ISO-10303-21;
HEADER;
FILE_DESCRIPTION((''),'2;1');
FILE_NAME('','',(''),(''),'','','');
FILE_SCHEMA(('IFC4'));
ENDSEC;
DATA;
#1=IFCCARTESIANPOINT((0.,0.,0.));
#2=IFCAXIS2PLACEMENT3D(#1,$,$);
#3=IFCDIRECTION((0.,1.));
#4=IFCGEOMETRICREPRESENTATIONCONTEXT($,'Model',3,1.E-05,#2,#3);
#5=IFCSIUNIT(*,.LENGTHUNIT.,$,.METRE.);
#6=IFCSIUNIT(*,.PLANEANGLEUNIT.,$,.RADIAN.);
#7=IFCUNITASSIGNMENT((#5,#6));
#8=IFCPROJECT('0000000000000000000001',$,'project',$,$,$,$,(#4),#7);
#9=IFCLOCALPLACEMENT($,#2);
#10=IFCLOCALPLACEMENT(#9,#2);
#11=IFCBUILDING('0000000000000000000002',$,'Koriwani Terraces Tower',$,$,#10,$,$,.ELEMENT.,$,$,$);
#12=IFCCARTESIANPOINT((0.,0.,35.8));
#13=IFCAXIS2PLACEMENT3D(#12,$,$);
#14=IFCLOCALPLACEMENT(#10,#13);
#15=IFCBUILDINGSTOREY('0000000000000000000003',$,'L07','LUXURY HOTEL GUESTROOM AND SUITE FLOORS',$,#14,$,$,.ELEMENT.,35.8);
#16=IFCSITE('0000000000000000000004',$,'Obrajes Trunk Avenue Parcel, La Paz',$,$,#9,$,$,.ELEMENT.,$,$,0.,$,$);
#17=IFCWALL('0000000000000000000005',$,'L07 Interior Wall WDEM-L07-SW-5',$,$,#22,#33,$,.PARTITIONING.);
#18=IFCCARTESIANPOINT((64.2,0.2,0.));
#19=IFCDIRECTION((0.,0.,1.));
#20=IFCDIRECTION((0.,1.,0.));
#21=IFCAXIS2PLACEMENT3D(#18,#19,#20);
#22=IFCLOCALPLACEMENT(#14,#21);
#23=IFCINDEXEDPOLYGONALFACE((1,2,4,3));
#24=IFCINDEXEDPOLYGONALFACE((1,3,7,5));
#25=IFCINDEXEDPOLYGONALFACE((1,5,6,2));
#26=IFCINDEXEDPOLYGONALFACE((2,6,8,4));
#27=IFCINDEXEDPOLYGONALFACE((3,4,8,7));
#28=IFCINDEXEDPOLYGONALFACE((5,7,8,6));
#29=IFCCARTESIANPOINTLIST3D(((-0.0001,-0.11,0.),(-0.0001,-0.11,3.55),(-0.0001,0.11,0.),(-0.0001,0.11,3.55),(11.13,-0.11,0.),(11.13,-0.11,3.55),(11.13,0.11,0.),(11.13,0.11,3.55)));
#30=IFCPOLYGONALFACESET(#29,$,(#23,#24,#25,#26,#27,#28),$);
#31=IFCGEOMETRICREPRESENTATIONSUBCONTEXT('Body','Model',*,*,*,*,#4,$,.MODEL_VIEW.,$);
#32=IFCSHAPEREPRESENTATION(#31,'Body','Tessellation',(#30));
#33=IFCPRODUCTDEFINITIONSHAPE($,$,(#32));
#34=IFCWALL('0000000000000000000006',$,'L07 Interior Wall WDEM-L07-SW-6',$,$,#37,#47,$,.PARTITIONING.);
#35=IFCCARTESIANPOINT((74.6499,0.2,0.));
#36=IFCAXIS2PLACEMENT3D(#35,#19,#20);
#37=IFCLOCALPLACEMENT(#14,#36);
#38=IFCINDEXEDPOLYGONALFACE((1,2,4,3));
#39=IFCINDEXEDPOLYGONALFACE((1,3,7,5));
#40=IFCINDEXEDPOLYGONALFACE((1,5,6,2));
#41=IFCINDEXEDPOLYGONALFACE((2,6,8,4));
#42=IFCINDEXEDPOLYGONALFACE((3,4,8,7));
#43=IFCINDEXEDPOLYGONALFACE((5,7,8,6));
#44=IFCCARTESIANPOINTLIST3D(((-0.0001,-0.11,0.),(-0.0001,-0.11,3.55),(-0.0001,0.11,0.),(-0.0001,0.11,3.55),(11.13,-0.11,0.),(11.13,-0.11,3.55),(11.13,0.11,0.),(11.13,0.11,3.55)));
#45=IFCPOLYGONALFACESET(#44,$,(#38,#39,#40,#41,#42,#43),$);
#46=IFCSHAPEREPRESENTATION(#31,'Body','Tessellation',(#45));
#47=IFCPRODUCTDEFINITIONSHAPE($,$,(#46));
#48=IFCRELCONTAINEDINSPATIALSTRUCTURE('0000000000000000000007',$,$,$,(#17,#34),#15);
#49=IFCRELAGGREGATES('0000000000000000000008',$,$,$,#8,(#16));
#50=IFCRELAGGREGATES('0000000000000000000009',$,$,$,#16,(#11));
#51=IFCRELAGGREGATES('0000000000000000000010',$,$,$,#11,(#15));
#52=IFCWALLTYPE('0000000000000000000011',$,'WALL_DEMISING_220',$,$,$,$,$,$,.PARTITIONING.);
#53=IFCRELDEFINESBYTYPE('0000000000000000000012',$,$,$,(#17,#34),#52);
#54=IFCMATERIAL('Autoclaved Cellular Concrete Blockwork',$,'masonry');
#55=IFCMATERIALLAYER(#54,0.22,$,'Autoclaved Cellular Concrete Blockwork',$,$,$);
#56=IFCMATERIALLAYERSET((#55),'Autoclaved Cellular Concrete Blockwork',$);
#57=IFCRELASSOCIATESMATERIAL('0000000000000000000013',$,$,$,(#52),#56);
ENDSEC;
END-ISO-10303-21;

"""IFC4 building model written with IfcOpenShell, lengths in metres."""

from ifc_helpers import new_model, si_unit, direction, frame, frame_2d, origin, place, context, subcontext, project, spatial, rectangle, extrude, material, layer, layer_set, type_object, element, save


model = new_model("IFC4")

# Units and contexts
model_context = context("Model", 3, precision=1e-05, world=origin(), true_north=direction((0.0, 1.0)))
body_context = subcontext(model_context, "Body", "Model", "MODEL_VIEW")
ifc_project = project(units=[si_unit("LENGTHUNIT", "METRE"), si_unit("PLANEANGLEUNIT", "RADIAN")], contexts=[model_context])

# Site, building, storey
site_placement = place(None, origin())
site = spatial("IfcSite", under=ifc_project, at=site_placement, Name="Obrajes Trunk Avenue Parcel, La Paz", CompositionType="ELEMENT", RefElevation=0.0)
building_placement = place(site_placement, origin())
building = spatial("IfcBuilding", under=site, at=building_placement, Name="Koriwani Terraces Tower", CompositionType="ELEMENT")
storey_placement = place(building_placement, frame((0.0, 0.0, 35.8)))
storey = spatial("IfcBuildingStorey", under=building, at=storey_placement, Name="L07", Description="LUXURY HOTEL GUESTROOM AND SUITE FLOORS", CompositionType="ELEMENT", Elevation=35.8)

# Walls
ifc_material_1 = material(Name="Autoclaved Cellular Concrete Blockwork", Category="masonry")
ifc_layer_1 = layer(ifc_material_1, 0.22, Name="Autoclaved Cellular Concrete Blockwork")
ifc_layer_set_1 = layer_set([ifc_layer_1], Name="Autoclaved Cellular Concrete Blockwork")
wall_type_1 = type_object("IfcWallType", Name="WALL_DEMISING_220", PredefinedType="PARTITIONING", material=ifc_layer_set_1)
for number, where, z_axis, x_axis, name in (
    (1, (64.2, 0.2, 0.0), (0.0, 0.0, 1.0), (0.0, 1.0, 0.0), "L07 Interior Wall WDEM-L07-SW-5"),
    (2, (74.6499, 0.2, 0.0), (0.0, 0.0, 1.0), (0.0, 1.0, 0.0), "L07 Interior Wall WDEM-L07-SW-6"),
):
    element("IfcWall", number, at=place(storey_placement, frame(where, z_axis=z_axis, x_axis=x_axis)), inside=storey, type_object=wall_type_1, Name=name, PredefinedType="PARTITIONING", context=body_context, shape_type="SweptSolid", body=[
        extrude(rectangle(XDim=11.1301, YDim=0.22, at=frame_2d((5.5649, 0.0))), origin(), (0.0, 0.0, 1.0), 3.55),
    ])

save(model, "model.ifc")
